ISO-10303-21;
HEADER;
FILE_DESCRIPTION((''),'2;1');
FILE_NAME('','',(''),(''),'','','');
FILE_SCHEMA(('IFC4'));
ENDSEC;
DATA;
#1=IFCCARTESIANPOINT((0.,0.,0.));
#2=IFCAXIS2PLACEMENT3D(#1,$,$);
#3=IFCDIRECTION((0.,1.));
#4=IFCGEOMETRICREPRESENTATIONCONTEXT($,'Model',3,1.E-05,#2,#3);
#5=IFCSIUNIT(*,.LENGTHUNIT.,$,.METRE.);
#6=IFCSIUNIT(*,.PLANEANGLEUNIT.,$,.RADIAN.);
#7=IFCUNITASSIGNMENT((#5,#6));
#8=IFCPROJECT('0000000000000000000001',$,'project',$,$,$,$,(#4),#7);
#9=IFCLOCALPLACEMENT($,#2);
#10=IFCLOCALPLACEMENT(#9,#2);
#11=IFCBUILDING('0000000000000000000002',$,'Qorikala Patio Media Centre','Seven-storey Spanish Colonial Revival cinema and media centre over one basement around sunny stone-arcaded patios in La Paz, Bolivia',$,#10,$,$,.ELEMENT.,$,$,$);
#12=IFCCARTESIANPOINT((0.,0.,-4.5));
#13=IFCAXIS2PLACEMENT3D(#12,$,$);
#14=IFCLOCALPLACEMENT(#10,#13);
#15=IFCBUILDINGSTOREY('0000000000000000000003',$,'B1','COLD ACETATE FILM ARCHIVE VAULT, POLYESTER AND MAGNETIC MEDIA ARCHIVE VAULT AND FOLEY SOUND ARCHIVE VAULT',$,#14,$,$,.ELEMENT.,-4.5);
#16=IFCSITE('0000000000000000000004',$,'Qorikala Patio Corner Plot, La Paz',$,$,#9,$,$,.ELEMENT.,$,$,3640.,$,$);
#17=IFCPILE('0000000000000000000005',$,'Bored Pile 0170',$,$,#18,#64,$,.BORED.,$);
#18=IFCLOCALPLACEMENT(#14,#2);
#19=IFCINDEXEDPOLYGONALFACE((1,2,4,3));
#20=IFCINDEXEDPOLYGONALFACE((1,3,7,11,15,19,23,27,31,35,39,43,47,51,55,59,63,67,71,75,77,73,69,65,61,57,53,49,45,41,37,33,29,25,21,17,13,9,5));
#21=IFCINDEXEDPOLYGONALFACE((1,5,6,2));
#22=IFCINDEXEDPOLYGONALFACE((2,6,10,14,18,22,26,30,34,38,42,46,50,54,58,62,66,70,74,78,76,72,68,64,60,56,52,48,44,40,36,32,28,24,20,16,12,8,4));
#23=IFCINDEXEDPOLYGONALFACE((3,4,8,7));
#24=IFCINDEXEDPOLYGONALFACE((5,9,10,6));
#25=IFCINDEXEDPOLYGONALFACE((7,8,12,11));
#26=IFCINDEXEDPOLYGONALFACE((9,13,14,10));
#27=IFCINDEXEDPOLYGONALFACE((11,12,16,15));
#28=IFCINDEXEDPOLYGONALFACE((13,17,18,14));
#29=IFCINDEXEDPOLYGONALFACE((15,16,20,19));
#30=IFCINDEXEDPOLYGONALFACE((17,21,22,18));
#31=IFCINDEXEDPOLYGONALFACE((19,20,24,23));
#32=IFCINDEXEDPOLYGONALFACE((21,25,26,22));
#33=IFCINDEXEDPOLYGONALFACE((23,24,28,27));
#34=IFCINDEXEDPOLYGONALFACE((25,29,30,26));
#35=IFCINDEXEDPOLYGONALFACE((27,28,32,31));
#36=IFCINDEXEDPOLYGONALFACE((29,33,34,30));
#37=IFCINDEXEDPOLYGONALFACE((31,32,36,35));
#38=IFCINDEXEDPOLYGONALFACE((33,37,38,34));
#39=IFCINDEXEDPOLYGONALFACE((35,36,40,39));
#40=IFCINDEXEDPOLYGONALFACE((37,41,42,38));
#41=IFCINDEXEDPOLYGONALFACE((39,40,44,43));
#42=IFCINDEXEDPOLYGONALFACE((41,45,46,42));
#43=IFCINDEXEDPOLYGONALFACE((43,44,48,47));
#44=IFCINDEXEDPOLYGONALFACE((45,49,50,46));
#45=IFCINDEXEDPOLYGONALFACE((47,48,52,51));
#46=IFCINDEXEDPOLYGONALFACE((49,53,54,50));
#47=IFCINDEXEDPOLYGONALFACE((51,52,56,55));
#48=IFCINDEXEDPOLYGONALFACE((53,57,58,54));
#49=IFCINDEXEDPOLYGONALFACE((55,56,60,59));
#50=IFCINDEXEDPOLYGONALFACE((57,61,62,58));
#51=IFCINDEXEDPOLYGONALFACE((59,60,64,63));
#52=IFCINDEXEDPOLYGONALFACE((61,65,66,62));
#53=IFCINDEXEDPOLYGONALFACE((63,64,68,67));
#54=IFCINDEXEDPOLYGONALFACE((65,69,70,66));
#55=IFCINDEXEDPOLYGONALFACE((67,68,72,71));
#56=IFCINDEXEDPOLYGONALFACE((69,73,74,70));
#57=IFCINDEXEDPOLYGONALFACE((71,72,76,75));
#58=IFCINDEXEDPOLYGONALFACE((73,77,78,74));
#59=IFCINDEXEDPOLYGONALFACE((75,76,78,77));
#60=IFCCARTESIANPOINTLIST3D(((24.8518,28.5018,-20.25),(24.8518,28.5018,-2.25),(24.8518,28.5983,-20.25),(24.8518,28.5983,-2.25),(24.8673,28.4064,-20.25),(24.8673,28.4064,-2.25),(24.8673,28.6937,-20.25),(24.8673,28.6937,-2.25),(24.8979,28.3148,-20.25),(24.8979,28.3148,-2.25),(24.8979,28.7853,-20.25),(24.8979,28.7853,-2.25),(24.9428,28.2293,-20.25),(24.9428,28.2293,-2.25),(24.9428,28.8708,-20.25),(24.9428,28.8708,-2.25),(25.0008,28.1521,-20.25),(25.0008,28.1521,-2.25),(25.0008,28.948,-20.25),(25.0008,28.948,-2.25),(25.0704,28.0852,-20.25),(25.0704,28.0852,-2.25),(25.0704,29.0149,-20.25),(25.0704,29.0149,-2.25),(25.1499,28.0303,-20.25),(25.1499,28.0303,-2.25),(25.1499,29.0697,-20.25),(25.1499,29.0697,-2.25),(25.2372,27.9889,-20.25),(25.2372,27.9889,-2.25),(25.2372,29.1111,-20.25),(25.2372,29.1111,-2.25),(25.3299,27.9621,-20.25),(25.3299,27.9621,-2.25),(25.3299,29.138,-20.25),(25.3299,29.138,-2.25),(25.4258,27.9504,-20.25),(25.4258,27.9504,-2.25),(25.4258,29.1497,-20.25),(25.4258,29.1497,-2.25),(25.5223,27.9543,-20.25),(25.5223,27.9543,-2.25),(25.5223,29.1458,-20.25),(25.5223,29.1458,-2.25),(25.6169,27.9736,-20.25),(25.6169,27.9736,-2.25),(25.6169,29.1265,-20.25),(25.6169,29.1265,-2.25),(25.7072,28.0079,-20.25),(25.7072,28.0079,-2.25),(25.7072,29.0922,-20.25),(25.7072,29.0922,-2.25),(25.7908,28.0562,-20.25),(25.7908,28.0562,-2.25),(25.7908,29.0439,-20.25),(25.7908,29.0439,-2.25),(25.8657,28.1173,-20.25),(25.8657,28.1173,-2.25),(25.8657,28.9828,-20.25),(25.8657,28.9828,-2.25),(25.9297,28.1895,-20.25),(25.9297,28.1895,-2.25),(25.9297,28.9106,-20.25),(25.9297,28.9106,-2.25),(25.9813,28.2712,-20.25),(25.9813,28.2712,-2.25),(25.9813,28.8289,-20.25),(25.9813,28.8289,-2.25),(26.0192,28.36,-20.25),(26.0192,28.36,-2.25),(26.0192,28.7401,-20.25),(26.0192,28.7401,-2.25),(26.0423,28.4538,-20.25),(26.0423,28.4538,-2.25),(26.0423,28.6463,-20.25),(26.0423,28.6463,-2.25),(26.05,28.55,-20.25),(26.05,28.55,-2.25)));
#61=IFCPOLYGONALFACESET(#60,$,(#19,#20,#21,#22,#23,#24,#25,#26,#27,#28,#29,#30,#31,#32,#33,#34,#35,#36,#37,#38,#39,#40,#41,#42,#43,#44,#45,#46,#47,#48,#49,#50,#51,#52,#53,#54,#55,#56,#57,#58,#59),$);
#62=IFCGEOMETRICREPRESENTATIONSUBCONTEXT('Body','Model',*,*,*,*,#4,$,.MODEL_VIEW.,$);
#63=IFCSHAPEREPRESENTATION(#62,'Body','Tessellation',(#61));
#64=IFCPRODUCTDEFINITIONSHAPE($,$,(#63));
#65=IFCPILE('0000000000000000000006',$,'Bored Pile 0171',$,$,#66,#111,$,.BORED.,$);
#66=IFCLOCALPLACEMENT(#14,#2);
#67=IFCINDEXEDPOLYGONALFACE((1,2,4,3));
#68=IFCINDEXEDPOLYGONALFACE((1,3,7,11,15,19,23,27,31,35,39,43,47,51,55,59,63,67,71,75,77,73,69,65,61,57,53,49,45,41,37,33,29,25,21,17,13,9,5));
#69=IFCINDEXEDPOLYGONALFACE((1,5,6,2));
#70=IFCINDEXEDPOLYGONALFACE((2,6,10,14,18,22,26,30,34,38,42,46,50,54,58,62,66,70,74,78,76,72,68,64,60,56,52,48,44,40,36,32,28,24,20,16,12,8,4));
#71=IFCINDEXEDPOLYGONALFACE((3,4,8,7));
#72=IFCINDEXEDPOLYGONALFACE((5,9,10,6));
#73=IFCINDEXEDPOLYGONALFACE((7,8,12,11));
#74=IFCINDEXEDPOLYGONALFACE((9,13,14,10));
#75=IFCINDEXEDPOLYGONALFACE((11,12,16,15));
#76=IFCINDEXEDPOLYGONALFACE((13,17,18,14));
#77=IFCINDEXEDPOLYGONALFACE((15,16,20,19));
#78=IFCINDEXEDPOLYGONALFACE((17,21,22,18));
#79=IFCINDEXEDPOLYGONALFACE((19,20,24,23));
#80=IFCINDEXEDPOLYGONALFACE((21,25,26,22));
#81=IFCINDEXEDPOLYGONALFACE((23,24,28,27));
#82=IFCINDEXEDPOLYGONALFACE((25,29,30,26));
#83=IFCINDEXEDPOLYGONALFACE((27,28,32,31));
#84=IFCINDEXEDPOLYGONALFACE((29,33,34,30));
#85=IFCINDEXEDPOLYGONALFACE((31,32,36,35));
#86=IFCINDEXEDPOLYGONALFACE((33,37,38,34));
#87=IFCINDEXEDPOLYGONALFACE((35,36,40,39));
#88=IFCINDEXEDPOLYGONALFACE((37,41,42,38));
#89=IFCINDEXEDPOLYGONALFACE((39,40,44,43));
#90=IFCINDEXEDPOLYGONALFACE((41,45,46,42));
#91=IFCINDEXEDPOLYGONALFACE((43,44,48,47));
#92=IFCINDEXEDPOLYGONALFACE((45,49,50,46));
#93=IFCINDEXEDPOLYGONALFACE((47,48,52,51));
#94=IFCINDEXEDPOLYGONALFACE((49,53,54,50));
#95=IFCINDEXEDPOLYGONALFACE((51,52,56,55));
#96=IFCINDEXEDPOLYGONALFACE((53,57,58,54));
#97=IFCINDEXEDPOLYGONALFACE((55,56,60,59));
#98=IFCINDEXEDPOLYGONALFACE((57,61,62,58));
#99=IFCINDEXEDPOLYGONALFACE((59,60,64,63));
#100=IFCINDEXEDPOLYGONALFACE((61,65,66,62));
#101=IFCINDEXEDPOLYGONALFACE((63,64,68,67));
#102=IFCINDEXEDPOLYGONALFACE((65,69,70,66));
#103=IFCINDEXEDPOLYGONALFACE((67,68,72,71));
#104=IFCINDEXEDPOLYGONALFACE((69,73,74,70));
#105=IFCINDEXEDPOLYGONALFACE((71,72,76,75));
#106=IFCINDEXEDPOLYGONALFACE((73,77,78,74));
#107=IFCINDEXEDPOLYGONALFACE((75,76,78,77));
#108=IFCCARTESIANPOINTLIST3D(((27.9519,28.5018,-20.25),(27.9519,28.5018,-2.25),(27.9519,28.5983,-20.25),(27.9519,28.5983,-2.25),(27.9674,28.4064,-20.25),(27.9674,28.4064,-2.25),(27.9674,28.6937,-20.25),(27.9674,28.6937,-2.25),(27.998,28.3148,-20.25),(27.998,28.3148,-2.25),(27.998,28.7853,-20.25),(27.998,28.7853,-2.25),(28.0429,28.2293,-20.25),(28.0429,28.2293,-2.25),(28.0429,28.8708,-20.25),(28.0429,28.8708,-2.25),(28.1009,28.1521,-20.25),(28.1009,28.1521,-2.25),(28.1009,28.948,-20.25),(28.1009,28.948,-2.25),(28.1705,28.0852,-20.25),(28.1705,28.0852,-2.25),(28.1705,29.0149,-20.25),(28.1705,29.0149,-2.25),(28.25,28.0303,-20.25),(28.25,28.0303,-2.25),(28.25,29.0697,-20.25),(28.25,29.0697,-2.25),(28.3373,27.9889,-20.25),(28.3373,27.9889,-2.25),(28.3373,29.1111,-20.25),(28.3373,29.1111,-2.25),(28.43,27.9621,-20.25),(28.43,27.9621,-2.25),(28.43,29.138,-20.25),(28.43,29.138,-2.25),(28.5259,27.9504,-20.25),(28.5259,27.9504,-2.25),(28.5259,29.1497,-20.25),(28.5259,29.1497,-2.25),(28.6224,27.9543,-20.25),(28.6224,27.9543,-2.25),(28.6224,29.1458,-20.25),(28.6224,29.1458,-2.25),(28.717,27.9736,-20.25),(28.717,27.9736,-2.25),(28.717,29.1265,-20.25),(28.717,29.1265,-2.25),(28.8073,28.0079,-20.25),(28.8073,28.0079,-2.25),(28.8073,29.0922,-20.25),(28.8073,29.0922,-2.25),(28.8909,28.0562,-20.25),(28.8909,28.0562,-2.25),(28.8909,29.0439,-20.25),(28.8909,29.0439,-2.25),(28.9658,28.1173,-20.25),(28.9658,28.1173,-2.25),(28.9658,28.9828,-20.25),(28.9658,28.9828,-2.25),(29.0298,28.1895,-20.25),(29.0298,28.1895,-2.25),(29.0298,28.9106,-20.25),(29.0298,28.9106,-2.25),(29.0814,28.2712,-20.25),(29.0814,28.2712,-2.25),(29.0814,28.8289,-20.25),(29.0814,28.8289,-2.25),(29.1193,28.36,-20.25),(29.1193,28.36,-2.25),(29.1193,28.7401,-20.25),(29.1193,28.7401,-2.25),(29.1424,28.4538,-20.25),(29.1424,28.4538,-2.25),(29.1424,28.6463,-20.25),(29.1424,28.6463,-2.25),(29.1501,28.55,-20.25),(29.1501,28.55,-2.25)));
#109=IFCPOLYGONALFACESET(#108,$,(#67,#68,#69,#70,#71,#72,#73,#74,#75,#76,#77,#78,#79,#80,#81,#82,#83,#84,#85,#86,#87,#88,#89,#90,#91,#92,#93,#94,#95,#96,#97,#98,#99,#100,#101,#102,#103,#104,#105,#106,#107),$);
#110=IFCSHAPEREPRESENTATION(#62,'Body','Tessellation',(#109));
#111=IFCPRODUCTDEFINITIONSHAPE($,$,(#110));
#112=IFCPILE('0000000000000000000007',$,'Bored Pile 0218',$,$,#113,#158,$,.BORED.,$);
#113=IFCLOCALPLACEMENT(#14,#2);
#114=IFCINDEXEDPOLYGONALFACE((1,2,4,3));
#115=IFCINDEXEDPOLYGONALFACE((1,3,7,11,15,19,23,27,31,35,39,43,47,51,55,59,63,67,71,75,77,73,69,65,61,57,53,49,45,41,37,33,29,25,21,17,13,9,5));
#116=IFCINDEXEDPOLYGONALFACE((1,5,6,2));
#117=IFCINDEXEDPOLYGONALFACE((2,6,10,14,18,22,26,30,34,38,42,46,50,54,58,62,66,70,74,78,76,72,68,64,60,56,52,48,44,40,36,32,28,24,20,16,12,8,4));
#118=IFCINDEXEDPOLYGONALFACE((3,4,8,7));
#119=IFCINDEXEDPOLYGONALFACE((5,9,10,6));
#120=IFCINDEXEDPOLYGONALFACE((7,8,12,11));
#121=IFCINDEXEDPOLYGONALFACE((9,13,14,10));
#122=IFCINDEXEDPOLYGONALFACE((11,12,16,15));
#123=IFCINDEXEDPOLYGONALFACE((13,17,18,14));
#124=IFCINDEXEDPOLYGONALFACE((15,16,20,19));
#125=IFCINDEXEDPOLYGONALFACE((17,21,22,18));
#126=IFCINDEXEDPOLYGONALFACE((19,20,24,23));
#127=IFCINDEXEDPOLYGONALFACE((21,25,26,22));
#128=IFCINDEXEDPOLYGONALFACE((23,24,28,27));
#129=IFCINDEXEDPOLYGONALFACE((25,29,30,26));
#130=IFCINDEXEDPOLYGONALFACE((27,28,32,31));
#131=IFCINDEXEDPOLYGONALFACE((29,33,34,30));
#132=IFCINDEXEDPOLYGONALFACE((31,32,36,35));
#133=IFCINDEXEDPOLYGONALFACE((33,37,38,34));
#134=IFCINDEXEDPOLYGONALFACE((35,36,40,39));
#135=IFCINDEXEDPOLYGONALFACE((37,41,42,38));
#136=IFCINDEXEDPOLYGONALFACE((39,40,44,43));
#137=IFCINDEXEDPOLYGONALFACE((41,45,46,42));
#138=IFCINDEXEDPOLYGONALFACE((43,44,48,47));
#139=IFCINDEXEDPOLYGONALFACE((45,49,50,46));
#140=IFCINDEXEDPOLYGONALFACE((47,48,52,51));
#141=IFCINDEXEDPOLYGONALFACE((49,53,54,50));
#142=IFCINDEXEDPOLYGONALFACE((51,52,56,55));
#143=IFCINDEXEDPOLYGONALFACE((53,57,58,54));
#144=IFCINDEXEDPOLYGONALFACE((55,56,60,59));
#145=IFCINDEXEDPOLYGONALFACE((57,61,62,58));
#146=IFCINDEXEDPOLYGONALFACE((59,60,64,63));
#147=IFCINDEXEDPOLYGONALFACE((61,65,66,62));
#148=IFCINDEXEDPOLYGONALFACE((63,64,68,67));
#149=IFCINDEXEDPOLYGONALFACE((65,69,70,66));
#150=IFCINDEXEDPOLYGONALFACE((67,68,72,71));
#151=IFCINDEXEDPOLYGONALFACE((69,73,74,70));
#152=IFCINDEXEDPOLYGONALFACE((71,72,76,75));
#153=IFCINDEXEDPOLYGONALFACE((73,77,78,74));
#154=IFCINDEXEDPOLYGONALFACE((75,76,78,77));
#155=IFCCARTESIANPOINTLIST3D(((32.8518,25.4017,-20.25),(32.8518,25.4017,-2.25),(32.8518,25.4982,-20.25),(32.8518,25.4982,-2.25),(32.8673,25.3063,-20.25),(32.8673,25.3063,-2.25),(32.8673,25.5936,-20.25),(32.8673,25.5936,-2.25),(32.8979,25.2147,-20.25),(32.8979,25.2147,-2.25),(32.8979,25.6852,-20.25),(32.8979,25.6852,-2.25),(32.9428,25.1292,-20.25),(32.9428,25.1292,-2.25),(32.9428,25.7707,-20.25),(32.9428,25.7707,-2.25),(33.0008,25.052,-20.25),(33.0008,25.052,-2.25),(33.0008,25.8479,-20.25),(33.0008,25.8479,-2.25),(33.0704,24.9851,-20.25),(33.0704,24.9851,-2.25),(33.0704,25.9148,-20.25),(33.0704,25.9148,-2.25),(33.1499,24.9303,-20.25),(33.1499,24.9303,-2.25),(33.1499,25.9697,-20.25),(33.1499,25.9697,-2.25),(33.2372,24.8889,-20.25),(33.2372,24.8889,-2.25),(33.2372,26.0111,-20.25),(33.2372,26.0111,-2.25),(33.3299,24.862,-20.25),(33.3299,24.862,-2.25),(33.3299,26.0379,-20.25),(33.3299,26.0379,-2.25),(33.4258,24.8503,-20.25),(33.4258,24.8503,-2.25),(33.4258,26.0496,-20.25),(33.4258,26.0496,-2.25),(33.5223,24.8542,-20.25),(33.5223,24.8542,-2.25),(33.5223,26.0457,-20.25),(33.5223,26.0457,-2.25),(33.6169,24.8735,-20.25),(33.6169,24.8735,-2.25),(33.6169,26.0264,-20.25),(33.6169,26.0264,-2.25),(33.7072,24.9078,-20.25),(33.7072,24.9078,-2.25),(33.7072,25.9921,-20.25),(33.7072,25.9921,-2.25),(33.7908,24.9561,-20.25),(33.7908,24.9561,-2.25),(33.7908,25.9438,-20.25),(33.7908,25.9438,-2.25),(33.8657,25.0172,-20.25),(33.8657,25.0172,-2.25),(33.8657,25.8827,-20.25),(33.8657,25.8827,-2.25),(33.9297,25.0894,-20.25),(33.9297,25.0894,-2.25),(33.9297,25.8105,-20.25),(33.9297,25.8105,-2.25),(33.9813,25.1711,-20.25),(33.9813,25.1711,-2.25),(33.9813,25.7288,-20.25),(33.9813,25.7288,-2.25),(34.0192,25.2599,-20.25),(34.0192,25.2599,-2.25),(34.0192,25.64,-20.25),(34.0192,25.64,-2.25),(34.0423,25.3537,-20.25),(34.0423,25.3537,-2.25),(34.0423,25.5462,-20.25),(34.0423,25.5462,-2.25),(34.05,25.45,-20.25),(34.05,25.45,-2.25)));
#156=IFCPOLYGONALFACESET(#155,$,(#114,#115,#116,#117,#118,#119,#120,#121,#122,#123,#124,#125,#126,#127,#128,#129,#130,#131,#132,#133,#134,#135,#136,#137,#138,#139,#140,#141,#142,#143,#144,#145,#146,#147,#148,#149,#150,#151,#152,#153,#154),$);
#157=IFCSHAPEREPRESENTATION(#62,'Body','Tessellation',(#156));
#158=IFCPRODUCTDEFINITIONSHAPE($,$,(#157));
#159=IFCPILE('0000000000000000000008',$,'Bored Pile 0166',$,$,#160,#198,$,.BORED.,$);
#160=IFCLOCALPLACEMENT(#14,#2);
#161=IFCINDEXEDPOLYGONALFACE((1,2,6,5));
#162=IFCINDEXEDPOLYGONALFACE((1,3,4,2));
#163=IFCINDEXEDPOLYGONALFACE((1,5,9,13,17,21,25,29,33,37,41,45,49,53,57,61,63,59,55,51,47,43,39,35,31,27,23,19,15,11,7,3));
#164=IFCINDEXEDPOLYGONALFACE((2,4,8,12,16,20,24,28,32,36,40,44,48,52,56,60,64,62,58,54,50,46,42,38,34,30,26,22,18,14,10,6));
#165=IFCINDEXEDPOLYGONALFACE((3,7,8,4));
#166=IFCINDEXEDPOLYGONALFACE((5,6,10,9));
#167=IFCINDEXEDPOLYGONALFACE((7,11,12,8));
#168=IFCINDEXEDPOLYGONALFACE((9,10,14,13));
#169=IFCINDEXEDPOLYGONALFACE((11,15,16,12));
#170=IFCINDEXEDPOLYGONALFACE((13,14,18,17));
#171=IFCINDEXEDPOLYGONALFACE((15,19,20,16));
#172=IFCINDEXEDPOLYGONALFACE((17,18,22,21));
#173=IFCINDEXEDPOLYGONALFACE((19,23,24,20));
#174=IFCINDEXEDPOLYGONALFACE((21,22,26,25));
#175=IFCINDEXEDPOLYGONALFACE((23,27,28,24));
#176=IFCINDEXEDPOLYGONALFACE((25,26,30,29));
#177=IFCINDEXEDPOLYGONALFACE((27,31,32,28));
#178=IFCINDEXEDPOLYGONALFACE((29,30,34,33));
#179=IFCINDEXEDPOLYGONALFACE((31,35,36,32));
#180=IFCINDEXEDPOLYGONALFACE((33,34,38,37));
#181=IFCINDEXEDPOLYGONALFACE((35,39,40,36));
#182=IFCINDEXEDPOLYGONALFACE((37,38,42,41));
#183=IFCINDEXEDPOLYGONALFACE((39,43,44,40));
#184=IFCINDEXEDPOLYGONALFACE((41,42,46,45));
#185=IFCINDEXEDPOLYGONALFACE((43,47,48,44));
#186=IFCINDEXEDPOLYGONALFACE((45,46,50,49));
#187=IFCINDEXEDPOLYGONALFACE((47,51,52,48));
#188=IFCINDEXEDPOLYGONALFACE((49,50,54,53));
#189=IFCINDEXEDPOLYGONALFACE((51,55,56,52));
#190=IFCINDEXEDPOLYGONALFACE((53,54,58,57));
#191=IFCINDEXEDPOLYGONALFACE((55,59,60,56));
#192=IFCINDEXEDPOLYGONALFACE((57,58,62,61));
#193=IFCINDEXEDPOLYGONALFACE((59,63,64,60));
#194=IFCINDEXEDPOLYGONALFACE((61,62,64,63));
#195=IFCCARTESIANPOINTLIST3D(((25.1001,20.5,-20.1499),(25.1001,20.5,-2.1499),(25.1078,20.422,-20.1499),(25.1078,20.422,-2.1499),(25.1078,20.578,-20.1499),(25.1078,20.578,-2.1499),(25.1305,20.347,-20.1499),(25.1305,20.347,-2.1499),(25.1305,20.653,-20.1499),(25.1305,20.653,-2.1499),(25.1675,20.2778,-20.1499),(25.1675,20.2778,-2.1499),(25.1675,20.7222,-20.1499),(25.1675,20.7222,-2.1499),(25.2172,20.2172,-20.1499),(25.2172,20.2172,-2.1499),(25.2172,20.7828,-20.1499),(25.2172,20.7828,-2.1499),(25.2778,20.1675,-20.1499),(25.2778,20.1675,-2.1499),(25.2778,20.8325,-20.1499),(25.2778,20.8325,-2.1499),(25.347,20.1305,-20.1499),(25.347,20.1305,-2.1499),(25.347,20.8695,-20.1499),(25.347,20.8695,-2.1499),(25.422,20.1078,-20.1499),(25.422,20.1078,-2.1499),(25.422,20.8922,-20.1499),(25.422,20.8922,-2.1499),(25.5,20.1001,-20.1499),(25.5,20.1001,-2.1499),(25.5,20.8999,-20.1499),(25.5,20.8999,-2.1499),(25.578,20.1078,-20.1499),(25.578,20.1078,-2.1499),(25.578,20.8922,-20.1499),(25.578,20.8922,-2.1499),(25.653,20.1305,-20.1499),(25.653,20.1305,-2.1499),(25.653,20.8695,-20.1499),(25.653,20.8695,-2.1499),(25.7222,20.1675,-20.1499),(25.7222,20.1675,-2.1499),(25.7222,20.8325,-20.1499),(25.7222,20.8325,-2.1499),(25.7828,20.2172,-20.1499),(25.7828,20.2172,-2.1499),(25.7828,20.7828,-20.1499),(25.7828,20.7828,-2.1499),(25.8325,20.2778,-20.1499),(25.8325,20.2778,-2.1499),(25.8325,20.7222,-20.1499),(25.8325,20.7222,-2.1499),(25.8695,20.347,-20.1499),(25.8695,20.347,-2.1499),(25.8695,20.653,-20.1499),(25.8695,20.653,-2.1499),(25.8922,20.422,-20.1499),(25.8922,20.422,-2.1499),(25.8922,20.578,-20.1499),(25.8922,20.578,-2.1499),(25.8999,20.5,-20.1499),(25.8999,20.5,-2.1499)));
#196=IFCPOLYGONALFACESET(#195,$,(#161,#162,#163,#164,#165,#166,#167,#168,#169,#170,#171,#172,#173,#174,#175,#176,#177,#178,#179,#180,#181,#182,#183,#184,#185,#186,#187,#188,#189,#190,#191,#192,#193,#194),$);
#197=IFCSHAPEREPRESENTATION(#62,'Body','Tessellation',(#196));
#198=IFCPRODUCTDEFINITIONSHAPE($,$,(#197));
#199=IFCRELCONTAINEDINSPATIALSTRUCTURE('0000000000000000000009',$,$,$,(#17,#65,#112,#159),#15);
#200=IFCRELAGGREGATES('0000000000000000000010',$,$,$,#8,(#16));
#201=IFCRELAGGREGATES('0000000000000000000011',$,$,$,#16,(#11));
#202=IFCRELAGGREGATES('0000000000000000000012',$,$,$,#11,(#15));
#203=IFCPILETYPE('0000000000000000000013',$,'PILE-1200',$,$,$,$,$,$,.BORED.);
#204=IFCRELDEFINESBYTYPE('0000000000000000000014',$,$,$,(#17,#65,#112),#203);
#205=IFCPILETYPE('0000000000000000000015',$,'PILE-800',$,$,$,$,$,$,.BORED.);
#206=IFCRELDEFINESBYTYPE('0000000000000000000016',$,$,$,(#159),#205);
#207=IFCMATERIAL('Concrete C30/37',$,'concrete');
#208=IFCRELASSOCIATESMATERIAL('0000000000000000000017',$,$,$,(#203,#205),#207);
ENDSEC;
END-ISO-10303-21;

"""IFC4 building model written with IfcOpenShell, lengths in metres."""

from ifc_helpers import new_model, si_unit, direction, frame, origin, origin_2d, place, context, subcontext, project, spatial, circle, extrude, material, material_profile, profile_set, type_object, element, save


model = new_model("IFC4")

# Units and contexts
model_context = context("Model", 3, precision=1e-05, world=origin(), true_north=direction((0.0, 1.0)))
body_context = subcontext(model_context, "Body", "Model", "MODEL_VIEW")
ifc_project = project(units=[si_unit("LENGTHUNIT", "METRE"), si_unit("PLANEANGLEUNIT", "RADIAN")], contexts=[model_context])

# Site, building, storey
site_placement = place(None, origin())
site = spatial("IfcSite", under=ifc_project, at=site_placement, Name="Qorikala Patio Corner Plot, La Paz", CompositionType="ELEMENT", RefElevation=3640.0)
building_placement = place(site_placement, origin())
building = spatial("IfcBuilding", under=site, at=building_placement, Name="Qorikala Patio Media Centre", Description="Seven-storey Spanish Colonial Revival cinema and media centre over one basement around sunny stone-arcaded patios in La Paz, Bolivia", CompositionType="ELEMENT")
storey_placement = place(building_placement, frame((0.0, 0.0, -4.5)))
storey = spatial("IfcBuildingStorey", under=building, at=storey_placement, Name="B1", Description="COLD ACETATE FILM ARCHIVE VAULT, POLYESTER AND MAGNETIC MEDIA ARCHIVE VAULT AND FOLEY SOUND ARCHIVE VAULT", CompositionType="ELEMENT", Elevation=-4.5)

# Shared definitions
ifc_material_1 = material(Name="Concrete C30/37", Category="concrete")

# Piles
ifc_material_profile_1 = material_profile(ifc_material_1, circle(Radius=0.6001, at=origin_2d()), Name="BORED PILE 1200")
ifc_profile_set_1 = profile_set([ifc_material_profile_1], Name="Concrete C30/37")
pile_type_1 = type_object("IfcPileType", Name="PILE-1200", PredefinedType="BORED", material=ifc_profile_set_1)
for number, where, z_axis, x_axis, name in (
    (1, (25.45, 28.55, -2.25), (0.0, 0.0, -1.0), (1.0, 0.0, 0.0), "Bored Pile 0170"),
    (2, (28.55, 28.55, -2.25), (0.0, 0.0, -1.0), (1.0, 0.0, 0.0), "Bored Pile 0171"),
    (3, (33.45, 25.45, -2.25), (0.0, 0.0, -1.0), (1.0, 0.0, 0.0), "Bored Pile 0218"),
):
    element("IfcPile", number, at=place(storey_placement, frame(where, z_axis=z_axis, x_axis=x_axis)), inside=storey, type_object=pile_type_1, Name=name, PredefinedType="BORED", context=body_context, shape_type="SweptSolid", body=[
        extrude(circle(Radius=0.6001, at=origin_2d()), origin(), (0.0, 0.0, 1.0), 18.0),
    ])
ifc_material_profile_2 = material_profile(ifc_material_1, circle(Radius=0.3999, at=origin_2d()), Name="BORED PILE 800")
ifc_profile_set_2 = profile_set([ifc_material_profile_2], Name="Concrete C30/37")
pile_type_2 = type_object("IfcPileType", Name="PILE-800", PredefinedType="BORED", material=ifc_profile_set_2)
for number, where, z_axis, x_axis, name in (
    (4, (25.5, 20.5, -2.1499), (0.0, 0.0, -1.0), (1.0, 0.0, 0.0), "Bored Pile 0166"),
):
    element("IfcPile", number, at=place(storey_placement, frame(where, z_axis=z_axis, x_axis=x_axis)), inside=storey, type_object=pile_type_2, Name=name, PredefinedType="BORED", context=body_context, shape_type="SweptSolid", body=[
        extrude(circle(Radius=0.3999, at=origin_2d()), origin(), (0.0, 0.0, 1.0), 18.0),
    ])

save(model, "model.ifc")
